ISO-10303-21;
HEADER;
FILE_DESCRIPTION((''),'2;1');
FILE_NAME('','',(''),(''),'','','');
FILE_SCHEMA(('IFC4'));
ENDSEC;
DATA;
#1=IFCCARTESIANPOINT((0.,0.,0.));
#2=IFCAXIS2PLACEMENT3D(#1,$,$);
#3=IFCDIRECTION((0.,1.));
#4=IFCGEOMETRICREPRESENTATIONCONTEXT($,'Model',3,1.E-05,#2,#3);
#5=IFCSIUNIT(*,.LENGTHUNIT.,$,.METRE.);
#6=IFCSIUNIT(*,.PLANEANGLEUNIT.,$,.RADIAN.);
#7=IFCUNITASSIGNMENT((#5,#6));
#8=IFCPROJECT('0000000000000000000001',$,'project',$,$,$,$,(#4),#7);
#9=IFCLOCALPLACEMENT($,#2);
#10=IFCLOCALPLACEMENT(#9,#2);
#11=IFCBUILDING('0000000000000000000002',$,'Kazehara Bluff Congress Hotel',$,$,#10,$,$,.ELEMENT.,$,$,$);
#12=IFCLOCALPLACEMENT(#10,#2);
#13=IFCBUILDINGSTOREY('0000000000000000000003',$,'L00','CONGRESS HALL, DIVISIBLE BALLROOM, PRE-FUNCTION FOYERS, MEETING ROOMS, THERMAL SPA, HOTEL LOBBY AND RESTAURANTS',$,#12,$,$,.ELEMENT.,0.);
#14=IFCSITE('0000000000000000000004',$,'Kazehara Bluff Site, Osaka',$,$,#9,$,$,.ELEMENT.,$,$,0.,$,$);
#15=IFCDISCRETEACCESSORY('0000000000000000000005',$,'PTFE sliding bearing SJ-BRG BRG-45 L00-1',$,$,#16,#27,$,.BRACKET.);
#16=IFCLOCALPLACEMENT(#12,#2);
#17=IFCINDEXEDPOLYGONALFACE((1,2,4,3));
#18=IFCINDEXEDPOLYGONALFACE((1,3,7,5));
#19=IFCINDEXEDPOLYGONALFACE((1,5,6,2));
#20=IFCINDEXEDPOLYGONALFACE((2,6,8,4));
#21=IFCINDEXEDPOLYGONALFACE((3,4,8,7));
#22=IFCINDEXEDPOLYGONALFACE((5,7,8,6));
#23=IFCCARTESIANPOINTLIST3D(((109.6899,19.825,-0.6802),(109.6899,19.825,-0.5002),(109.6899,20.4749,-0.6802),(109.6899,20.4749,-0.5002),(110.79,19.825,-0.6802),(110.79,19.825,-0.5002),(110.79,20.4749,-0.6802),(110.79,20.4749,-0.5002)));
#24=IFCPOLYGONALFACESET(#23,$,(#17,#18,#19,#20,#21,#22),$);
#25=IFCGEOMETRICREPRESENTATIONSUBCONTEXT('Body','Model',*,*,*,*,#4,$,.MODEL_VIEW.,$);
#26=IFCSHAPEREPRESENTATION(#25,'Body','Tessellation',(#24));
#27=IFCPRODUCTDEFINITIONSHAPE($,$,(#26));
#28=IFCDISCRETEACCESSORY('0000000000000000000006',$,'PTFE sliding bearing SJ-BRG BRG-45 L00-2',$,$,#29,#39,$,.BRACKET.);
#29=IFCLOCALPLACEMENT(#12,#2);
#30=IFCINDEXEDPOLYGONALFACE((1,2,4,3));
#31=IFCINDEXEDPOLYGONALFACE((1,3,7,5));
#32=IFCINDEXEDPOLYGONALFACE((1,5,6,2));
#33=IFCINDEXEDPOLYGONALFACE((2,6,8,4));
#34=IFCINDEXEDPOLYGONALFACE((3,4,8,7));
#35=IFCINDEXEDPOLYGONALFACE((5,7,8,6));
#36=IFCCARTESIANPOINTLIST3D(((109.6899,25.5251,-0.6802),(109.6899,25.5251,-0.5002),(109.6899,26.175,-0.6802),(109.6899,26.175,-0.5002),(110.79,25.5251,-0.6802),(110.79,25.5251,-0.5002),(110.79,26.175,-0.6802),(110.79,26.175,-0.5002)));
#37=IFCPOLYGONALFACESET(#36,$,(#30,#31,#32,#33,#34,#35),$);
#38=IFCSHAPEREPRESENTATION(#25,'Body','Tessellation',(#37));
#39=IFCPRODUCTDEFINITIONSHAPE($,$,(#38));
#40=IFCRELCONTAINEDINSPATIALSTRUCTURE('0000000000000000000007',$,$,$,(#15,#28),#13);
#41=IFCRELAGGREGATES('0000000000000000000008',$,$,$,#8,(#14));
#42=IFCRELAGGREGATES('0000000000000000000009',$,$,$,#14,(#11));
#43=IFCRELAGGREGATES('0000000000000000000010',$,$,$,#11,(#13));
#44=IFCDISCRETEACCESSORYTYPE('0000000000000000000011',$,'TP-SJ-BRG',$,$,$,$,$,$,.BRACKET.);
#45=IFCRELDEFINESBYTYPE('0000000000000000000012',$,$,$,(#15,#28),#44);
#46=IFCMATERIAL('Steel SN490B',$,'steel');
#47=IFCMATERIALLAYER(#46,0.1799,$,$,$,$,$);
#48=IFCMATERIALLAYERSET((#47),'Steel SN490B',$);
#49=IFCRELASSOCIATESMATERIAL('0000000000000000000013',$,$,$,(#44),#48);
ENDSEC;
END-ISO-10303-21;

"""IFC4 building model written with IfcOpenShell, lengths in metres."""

from ifc_helpers import new_model, si_unit, direction, frame, origin, origin_2d, place, context, subcontext, project, spatial, rectangle, extrude, material, layer, layer_set, type_object, element, save


model = new_model("IFC4")

# Units and contexts
model_context = context("Model", 3, precision=1e-05, world=origin(), true_north=direction((0.0, 1.0)))
body_context = subcontext(model_context, "Body", "Model", "MODEL_VIEW")
ifc_project = project(units=[si_unit("LENGTHUNIT", "METRE"), si_unit("PLANEANGLEUNIT", "RADIAN")], contexts=[model_context])

# Site, building, storey
site_placement = place(None, origin())
site = spatial("IfcSite", under=ifc_project, at=site_placement, Name="Kazehara Bluff Site, Osaka", CompositionType="ELEMENT", RefElevation=0.0)
building_placement = place(site_placement, origin())
building = spatial("IfcBuilding", under=site, at=building_placement, Name="Kazehara Bluff Congress Hotel", CompositionType="ELEMENT")
storey_placement = place(building_placement, origin())
storey = spatial("IfcBuildingStorey", under=building, at=storey_placement, Name="L00", Description="CONGRESS HALL, DIVISIBLE BALLROOM, PRE-FUNCTION FOYERS, MEETING ROOMS, THERMAL SPA, HOTEL LOBBY AND RESTAURANTS", CompositionType="ELEMENT", Elevation=0.0)

# Discrete accessories
ifc_material_1 = material(Name="Steel SN490B", Category="steel")
ifc_layer_1 = layer(ifc_material_1, 0.1799)
ifc_layer_set_1 = layer_set([ifc_layer_1], Name="Steel SN490B")
discrete_accessory_type = type_object("IfcDiscreteAccessoryType", Name="TP-SJ-BRG", PredefinedType="BRACKET", material=ifc_layer_set_1)
for number, where, z_axis, x_axis, name in (
    (1, (110.24, 20.1499, -0.6802), (0.0, 0.0, 1.0), (1.0, 0.0, 0.0), "PTFE sliding bearing SJ-BRG BRG-45 L00-1"),
    (2, (110.24, 25.8501, -0.6802), (0.0, 0.0, 1.0), (1.0, 0.0, 0.0), "PTFE sliding bearing SJ-BRG BRG-45 L00-2"),
):
    element("IfcDiscreteAccessory", number, at=place(storey_placement, frame(where, z_axis=z_axis, x_axis=x_axis)), inside=storey, type_object=discrete_accessory_type, Name=name, PredefinedType="BRACKET", context=body_context, shape_type="SweptSolid", body=[
        extrude(rectangle(XDim=1.1001, YDim=0.6499, at=origin_2d()), origin(), (0.0, 0.0, 1.0), 0.1799),
    ])

save(model, "model.ifc")
